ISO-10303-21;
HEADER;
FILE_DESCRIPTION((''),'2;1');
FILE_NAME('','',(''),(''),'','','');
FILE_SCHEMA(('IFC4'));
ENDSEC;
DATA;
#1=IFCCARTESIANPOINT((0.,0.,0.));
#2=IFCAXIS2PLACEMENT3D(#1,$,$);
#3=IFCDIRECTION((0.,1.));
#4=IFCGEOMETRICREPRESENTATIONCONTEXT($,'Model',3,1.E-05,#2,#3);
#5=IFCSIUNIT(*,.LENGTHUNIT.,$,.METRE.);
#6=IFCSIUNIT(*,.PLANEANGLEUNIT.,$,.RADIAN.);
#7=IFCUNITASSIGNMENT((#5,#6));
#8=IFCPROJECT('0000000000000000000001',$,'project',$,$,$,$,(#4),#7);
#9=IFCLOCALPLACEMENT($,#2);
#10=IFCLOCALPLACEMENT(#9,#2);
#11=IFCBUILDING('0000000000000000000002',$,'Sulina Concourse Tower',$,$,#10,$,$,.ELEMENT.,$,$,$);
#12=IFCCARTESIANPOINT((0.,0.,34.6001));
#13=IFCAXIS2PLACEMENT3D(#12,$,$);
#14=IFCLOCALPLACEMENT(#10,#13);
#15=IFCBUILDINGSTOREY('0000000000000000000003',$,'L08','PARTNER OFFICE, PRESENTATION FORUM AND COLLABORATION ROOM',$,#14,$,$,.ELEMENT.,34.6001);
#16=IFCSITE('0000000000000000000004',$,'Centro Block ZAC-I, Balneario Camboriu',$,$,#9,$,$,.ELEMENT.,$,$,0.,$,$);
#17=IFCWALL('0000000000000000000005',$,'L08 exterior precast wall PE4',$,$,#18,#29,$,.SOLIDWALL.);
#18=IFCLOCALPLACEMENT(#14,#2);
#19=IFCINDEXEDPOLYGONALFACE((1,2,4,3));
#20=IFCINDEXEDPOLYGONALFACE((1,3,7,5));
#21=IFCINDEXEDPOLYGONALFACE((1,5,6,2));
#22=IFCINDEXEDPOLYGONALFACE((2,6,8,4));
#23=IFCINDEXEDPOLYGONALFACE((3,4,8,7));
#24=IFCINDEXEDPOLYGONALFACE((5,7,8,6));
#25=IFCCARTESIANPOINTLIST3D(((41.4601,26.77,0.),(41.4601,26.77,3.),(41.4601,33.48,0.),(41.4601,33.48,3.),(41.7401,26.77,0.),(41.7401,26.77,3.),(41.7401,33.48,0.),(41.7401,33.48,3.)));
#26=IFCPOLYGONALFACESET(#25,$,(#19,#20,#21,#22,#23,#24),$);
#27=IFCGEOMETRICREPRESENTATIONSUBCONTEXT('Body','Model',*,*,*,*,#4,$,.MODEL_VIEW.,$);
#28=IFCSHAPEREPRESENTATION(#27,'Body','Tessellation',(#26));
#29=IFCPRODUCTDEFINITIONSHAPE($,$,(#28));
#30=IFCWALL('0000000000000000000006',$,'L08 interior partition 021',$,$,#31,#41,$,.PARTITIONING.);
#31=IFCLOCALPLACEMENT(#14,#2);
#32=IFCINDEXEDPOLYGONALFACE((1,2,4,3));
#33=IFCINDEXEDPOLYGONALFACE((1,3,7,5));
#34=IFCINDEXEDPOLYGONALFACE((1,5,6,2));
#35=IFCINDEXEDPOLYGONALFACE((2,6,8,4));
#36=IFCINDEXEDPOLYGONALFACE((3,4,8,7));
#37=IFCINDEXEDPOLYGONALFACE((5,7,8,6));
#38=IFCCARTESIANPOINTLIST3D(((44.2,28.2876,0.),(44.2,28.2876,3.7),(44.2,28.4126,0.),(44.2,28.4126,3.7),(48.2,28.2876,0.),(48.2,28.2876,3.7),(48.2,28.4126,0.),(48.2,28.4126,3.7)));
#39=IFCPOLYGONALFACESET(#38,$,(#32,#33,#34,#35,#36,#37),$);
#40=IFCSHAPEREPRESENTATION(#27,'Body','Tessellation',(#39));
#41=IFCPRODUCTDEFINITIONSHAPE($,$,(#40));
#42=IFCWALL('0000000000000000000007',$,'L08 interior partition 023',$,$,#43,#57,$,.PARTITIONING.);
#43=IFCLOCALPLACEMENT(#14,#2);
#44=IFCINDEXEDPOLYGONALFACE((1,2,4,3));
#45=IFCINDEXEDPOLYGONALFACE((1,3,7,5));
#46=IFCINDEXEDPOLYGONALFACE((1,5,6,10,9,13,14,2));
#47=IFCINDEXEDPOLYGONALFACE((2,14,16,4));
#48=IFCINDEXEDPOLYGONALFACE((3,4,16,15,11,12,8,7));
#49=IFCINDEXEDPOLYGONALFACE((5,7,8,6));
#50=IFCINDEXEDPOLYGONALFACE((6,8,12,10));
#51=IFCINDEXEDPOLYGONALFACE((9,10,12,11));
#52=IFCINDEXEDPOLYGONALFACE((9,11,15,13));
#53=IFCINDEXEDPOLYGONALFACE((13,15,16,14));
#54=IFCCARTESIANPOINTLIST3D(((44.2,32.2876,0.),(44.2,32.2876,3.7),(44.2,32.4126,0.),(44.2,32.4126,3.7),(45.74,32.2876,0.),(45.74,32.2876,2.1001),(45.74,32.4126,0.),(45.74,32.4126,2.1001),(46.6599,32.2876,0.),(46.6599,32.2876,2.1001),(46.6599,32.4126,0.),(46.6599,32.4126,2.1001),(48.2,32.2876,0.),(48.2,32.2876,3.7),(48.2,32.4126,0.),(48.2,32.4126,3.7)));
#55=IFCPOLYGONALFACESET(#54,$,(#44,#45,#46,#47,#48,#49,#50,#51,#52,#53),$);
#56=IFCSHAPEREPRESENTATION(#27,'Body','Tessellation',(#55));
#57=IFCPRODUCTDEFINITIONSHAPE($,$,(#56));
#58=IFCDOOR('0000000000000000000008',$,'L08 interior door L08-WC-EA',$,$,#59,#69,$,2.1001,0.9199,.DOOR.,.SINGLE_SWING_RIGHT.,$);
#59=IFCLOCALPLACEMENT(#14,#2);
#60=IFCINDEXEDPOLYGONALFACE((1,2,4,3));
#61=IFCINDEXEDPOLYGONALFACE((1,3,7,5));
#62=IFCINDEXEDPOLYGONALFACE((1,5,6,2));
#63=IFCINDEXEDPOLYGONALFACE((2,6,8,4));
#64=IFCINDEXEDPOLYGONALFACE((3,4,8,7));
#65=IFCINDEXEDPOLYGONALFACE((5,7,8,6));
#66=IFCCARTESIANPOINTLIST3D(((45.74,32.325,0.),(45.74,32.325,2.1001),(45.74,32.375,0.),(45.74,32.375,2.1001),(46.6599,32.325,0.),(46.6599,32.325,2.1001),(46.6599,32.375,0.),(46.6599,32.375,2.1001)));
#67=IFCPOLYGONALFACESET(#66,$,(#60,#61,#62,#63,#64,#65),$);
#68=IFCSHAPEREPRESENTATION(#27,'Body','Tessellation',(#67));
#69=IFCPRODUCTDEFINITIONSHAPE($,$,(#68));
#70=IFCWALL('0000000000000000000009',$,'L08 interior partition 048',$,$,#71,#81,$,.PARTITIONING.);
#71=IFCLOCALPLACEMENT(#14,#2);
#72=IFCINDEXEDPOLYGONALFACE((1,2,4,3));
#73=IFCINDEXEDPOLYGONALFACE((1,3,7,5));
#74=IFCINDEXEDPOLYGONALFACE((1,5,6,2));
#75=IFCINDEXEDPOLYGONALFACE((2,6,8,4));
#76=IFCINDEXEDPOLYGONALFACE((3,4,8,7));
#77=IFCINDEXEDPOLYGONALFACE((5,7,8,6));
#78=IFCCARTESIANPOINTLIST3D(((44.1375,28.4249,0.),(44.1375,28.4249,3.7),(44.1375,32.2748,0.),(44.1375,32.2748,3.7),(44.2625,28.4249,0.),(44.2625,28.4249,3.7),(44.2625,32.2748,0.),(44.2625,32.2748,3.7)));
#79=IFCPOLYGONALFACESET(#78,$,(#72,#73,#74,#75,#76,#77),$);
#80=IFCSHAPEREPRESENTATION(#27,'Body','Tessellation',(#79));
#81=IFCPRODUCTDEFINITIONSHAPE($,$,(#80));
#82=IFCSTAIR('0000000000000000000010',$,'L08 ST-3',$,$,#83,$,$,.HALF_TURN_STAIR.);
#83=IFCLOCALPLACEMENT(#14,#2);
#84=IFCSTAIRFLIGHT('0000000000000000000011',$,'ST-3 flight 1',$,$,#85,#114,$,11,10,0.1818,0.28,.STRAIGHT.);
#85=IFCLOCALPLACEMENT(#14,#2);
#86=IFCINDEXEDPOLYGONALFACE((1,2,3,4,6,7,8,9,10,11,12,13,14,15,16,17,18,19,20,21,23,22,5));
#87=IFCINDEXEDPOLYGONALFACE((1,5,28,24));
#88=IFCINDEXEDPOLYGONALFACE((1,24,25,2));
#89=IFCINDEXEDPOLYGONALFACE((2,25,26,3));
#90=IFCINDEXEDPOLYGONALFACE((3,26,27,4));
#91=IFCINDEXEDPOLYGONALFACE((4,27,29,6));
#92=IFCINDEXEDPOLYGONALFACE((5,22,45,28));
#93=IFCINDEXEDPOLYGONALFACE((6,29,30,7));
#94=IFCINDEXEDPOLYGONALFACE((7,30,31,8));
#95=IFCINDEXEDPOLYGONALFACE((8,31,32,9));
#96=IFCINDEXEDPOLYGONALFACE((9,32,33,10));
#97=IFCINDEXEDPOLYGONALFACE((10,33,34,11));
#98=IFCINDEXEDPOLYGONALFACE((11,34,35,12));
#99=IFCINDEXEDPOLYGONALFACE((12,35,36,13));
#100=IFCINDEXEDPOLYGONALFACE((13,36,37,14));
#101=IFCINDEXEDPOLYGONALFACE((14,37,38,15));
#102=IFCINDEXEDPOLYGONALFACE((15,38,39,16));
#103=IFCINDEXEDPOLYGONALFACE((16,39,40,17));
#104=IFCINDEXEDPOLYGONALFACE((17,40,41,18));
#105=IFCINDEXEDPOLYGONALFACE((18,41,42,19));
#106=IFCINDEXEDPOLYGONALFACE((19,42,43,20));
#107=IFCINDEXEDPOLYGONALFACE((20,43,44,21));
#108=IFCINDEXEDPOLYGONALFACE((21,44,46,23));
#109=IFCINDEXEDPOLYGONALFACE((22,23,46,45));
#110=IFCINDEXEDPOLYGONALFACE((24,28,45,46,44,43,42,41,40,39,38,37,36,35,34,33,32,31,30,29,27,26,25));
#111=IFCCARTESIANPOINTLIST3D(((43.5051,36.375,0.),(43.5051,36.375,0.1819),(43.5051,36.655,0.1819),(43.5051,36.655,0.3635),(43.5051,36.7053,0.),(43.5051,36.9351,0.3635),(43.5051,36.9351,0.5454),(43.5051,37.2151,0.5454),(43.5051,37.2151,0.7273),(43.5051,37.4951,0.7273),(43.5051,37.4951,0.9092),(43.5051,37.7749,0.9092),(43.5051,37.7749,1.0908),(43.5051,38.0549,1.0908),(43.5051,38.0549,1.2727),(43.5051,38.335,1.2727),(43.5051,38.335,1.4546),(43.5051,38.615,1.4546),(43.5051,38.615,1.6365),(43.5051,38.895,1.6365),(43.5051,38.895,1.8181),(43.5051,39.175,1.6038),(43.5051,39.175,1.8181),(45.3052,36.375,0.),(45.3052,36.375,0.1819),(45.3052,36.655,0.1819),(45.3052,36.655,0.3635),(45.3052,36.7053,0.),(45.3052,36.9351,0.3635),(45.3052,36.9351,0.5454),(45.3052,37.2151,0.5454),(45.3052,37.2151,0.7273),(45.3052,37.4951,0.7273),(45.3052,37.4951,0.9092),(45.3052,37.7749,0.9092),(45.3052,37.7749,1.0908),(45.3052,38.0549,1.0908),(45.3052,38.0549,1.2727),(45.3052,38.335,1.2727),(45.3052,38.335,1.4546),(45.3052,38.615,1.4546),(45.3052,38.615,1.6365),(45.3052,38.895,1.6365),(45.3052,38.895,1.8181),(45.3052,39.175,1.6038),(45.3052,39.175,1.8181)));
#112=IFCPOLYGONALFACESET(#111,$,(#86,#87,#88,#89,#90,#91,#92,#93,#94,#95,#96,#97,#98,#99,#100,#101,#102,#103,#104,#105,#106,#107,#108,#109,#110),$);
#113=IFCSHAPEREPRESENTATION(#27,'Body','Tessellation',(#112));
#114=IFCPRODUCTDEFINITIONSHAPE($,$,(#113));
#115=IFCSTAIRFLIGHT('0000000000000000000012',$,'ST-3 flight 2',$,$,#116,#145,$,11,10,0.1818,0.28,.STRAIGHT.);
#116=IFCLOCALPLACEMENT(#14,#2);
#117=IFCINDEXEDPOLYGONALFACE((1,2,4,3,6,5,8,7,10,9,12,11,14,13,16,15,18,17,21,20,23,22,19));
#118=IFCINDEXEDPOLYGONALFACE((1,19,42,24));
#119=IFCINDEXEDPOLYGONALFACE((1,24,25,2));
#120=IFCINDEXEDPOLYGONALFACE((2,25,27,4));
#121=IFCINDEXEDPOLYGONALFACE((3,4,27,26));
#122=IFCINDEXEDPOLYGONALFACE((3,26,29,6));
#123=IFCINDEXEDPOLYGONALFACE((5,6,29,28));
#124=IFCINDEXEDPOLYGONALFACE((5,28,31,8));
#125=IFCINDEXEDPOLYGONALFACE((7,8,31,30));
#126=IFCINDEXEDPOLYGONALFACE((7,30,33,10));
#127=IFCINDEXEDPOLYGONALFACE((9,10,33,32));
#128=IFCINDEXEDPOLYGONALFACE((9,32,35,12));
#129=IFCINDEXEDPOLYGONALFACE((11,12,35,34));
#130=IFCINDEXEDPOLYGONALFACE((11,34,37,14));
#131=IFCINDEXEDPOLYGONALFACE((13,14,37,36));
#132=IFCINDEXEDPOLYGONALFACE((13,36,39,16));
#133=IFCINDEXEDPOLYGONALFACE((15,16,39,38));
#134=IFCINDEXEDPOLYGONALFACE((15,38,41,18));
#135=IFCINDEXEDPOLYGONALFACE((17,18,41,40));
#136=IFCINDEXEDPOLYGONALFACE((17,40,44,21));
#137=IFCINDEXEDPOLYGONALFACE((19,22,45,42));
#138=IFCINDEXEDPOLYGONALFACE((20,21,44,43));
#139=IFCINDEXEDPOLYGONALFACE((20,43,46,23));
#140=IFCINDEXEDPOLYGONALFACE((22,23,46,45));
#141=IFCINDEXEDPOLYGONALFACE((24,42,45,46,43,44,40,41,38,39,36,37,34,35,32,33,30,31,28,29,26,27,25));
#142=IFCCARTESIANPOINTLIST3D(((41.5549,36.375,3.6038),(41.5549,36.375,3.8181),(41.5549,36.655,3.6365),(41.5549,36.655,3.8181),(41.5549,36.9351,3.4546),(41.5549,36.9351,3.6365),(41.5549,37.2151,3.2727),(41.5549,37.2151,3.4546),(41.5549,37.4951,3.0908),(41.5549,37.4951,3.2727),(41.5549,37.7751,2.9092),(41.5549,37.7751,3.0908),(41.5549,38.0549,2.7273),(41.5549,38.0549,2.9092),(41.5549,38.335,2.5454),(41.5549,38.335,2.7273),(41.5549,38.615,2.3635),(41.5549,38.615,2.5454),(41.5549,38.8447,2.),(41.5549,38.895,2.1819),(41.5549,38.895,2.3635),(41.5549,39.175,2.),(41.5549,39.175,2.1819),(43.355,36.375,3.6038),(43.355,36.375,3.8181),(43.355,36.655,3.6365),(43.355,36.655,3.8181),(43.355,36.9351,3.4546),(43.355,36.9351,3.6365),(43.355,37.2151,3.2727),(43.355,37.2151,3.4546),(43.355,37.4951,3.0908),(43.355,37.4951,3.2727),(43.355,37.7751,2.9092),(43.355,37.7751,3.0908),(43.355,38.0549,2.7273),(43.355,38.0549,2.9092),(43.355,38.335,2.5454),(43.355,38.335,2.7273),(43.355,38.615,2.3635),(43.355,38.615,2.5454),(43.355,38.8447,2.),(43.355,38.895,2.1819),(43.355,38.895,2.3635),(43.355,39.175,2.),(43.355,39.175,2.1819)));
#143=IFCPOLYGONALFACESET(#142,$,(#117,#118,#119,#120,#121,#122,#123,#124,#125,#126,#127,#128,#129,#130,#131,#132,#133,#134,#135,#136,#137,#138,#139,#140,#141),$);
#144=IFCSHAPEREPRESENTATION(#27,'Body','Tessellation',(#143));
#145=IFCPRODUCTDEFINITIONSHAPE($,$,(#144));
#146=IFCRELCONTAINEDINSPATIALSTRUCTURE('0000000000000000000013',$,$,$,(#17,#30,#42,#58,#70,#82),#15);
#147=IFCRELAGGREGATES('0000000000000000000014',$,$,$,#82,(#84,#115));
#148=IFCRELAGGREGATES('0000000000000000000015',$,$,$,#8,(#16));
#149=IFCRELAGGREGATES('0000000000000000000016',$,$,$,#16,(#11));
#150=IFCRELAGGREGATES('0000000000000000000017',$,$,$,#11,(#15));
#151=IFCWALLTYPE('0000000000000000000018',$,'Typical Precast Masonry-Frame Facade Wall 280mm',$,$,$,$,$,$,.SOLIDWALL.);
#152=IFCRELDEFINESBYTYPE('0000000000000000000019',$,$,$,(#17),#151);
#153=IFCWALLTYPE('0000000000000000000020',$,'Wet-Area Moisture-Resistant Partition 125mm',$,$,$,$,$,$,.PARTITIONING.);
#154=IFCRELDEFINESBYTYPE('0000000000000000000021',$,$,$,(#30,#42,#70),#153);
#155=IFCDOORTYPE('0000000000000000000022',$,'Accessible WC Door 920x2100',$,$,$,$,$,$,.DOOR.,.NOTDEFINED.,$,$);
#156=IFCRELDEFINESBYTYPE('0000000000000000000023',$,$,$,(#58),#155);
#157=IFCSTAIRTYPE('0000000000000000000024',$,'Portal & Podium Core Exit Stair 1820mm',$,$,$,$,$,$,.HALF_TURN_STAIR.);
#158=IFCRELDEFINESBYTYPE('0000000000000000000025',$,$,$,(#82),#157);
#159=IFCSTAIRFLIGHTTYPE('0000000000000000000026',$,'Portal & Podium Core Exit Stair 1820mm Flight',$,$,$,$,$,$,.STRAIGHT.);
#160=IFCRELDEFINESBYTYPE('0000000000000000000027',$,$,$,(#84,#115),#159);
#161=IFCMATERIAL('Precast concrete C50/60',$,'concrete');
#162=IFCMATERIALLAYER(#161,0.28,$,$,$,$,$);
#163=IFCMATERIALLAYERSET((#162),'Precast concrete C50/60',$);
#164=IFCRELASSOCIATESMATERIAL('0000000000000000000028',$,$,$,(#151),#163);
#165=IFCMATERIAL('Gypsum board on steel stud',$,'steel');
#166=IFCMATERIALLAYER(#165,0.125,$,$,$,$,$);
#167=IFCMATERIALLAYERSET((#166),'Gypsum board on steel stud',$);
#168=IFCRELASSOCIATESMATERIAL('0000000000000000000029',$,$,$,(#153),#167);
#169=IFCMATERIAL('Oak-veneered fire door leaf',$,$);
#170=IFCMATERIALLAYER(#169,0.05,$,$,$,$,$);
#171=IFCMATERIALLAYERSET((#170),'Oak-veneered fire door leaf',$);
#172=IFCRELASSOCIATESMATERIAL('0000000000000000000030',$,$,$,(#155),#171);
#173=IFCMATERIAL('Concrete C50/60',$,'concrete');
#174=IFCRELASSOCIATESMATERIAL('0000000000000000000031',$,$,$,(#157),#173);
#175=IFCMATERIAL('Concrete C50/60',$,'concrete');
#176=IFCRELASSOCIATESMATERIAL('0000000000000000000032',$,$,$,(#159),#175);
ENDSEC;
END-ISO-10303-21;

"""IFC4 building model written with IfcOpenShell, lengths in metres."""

from ifc_helpers import new_model, si_unit, direction, frame, frame_2d, origin, place, context, subcontext, project, spatial, polyline, rectangle, outline, extrude, material, layer, layer_set, type_object, element, fill, aggregate, save


model = new_model("IFC4")

# Units and contexts
model_context = context("Model", 3, precision=1e-05, world=origin(), true_north=direction((0.0, 1.0)))
body_context = subcontext(model_context, "Body", "Model", "MODEL_VIEW")
ifc_project = project(units=[si_unit("LENGTHUNIT", "METRE"), si_unit("PLANEANGLEUNIT", "RADIAN")], contexts=[model_context])

# Site, building, storey
site_placement = place(None, origin())
site = spatial("IfcSite", under=ifc_project, at=site_placement, Name="Centro Block ZAC-I, Balneario Camboriu", CompositionType="ELEMENT", RefElevation=0.0)
building_placement = place(site_placement, origin())
building = spatial("IfcBuilding", under=site, at=building_placement, Name="Sulina Concourse Tower", CompositionType="ELEMENT")
storey_placement = place(building_placement, frame((0.0, 0.0, 34.6001)))
storey = spatial("IfcBuildingStorey", under=building, at=storey_placement, Name="L08", Description="PARTNER OFFICE, PRESENTATION FORUM AND COLLABORATION ROOM", CompositionType="ELEMENT", Elevation=34.6001)

# Walls
ifc_material_1 = material(Name="Precast concrete C50/60", Category="concrete")
ifc_layer_1 = layer(ifc_material_1, 0.28)
ifc_layer_set_1 = layer_set([ifc_layer_1], Name="Precast concrete C50/60")
wall_type_1 = type_object("IfcWallType", Name="Typical Precast Masonry-Frame Facade Wall 280mm", PredefinedType="SOLIDWALL", material=ifc_layer_set_1)
for number, where, z_axis, x_axis, name in (
    (1, (41.6001, 26.77, 0.0), (0.0, 0.0, 1.0), (0.0, 1.0, 0.0), "L08 exterior precast wall PE4"),
):
    element("IfcWall", number, at=place(storey_placement, frame(where, z_axis=z_axis, x_axis=x_axis)), inside=storey, type_object=wall_type_1, Name=name, PredefinedType="SOLIDWALL", context=body_context, shape_type="SweptSolid", body=[
        extrude(rectangle(XDim=6.71, YDim=0.28, at=frame_2d((3.355, 0.0))), origin(), (0.0, 0.0, 1.0), 3.0),
    ])
ifc_material_2 = material(Name="Gypsum board on steel stud", Category="steel")
ifc_layer_2 = layer(ifc_material_2, 0.125)
ifc_layer_set_2 = layer_set([ifc_layer_2], Name="Gypsum board on steel stud")
wall_type_2 = type_object("IfcWallType", Name="Wet-Area Moisture-Resistant Partition 125mm", PredefinedType="PARTITIONING", material=ifc_layer_set_2)
wall_1_placement = place(storey_placement, frame((44.2, 28.3501, 0.0), z_axis=(0.0, 0.0, 1.0), x_axis=(1.0, 0.0, 0.0)))
element("IfcWall", 2, at=wall_1_placement, inside=storey, type_object=wall_type_2, Name="L08 interior partition 021", PredefinedType="PARTITIONING", context=body_context, shape_type="SweptSolid", body=[
    extrude(rectangle(XDim=4.0, YDim=0.125, at=frame_2d((2.0, 0.0))), origin(), (0.0, 0.0, 1.0), 3.7),
])

# Wall, opening, door
wall_2_placement = place(storey_placement, frame((44.2, 32.3501, 0.0), z_axis=(0.0, 0.0, 1.0), x_axis=(1.0, 0.0, 0.0)))
wall_2 = element("IfcWall", 3, at=wall_2_placement, inside=storey, type_object=wall_type_2, Name="L08 interior partition 023", PredefinedType="PARTITIONING", context=body_context, shape_type="SweptSolid", body=[
    extrude(rectangle(XDim=4.0, YDim=0.125, at=frame_2d((2.0, 0.0))), origin(), (0.0, 0.0, 1.0), 3.7),
])
opening_1_placement = place(wall_2_placement, frame((1.54, 0.0, 0.0)))
opening_1 = element("IfcOpeningElement", 4, at=opening_1_placement, cuts=wall_2, PredefinedType="OPENING", context=body_context, shape_type="SweptSolid", body=[
    extrude(rectangle(XDim=0.9199, YDim=2.1001, at=frame_2d((0.46, 1.05))), frame((0.0, 0.0725, 0.0), z_axis=(0.0, -1.0, 0.0), x_axis=(1.0, 0.0, 0.0)), (0.0, 0.0, 1.0), 0.145),
])
ifc_material_3 = material(Name="Oak-veneered fire door leaf")
ifc_layer_3 = layer(ifc_material_3, 0.05)
ifc_layer_set_3 = layer_set([ifc_layer_3], Name="Oak-veneered fire door leaf")
door_type_1 = type_object("IfcDoorType", Name="Accessible WC Door 920x2100", OperationType="NOTDEFINED", PredefinedType="DOOR", material=ifc_layer_set_3)
door_1_placement = place(opening_1_placement, origin())
door_1 = element("IfcDoor", 5, at=door_1_placement, inside=storey, type_object=door_type_1, Name="L08 interior door L08-WC-EA", OperationType="SINGLE_SWING_RIGHT", OverallHeight=2.1001, OverallWidth=0.9199, PredefinedType="DOOR", context=body_context, shape_type="SweptSolid", body=[
    extrude(rectangle(XDim=0.9199, YDim=2.1001, at=frame_2d((0.46, 1.05))), frame((0.0, 0.0249, 0.0), z_axis=(0.0, -1.0, 0.0), x_axis=(1.0, 0.0, 0.0)), (0.0, 0.0, 1.0), 0.05),
])
fill(opening_1, door_1)

# Wall
wall_3_placement = place(storey_placement, frame((44.2, 28.425, 0.0), z_axis=(0.0, 0.0, 1.0), x_axis=(0.0, 1.0, 0.0)))
element("IfcWall", 6, at=wall_3_placement, inside=storey, type_object=wall_type_2, Name="L08 interior partition 048", PredefinedType="PARTITIONING", context=body_context, shape_type="SweptSolid", body=[
    extrude(rectangle(XDim=3.8499, YDim=0.125, at=frame_2d((1.9248, 0.0))), origin(), (0.0, 0.0, 1.0), 3.7),
])

# Stair, stair flights
ifc_material_4 = material(Name="Concrete C50/60", Category="concrete")
stair_type = type_object("IfcStairType", Name="Portal & Podium Core Exit Stair 1820mm", PredefinedType="HALF_TURN_STAIR", material=ifc_material_4)
stair_placement = place(storey_placement, origin())
stair = element("IfcStair", 7, at=stair_placement, inside=storey, type_object=stair_type, Name="L08 ST-3", PredefinedType="HALF_TURN_STAIR")
ifc_material_5 = material(Name="Concrete C50/60", Category="concrete")
stair_flight_type = type_object("IfcStairFlightType", Name="Portal & Podium Core Exit Stair 1820mm Flight", PredefinedType="STRAIGHT", material=ifc_material_5)
stair_flight_1_placement = place(storey_placement, frame((44.405, 36.375, 0.0), z_axis=(0.0, 0.0, 1.0), x_axis=(0.0, 1.0, 0.0)))
stair_flight_1 = element("IfcStairFlight", 8, at=stair_flight_1_placement, type_object=stair_flight_type, Name="ST-3 flight 1", NumberOfRisers=11, NumberOfTreads=10, PredefinedType="STRAIGHT", RiserHeight=0.1818, TreadLength=0.28, context=body_context, shape_type="SweptSolid", body=[
    extrude(outline(polyline([(0.0, 0.0), (0.0, 0.1819), (0.28, 0.1819), (0.28, 0.3635), (0.5601, 0.3635), (0.5601, 0.5454), (0.8401, 0.5454), (0.8401, 0.7273), (1.1201, 0.7273), (1.1201, 0.9092), (1.3999, 0.9092), (1.3999, 1.0908), (1.6799, 1.0908), (1.6799, 1.2727), (1.96, 1.2727), (1.96, 1.4546), (2.24, 1.4546), (2.24, 1.6365), (2.52, 1.6365), (2.52, 1.8181), (2.8, 1.8181), (2.8, 2.0), (2.8, 1.6038), (0.3303, 0.0), (0.0, 0.0)])), frame((0.0, 0.8999, 0.0), z_axis=(0.0, -1.0, 0.0), x_axis=(1.0, 0.0, 0.0)), (0.0, 0.0, 1.0), 1.8),
])
stair_flight_2_placement = place(storey_placement, frame((42.4551, 39.175, 2.0), z_axis=(0.0, 0.0, 1.0), x_axis=(0.0, -1.0, 0.0)))
stair_flight_2 = element("IfcStairFlight", 9, at=stair_flight_2_placement, type_object=stair_flight_type, Name="ST-3 flight 2", NumberOfRisers=11, NumberOfTreads=10, PredefinedType="STRAIGHT", RiserHeight=0.1818, TreadLength=0.28, context=body_context, shape_type="SweptSolid", body=[
    extrude(outline(polyline([(0.0, 0.0), (0.0, 0.1819), (0.28, 0.1819), (0.28, 0.3635), (0.5601, 0.3635), (0.5601, 0.5454), (0.8401, 0.5454), (0.8401, 0.7273), (1.1201, 0.7273), (1.1201, 0.9092), (1.3999, 0.9092), (1.3999, 1.0908), (1.6799, 1.0908), (1.6799, 1.2727), (1.96, 1.2727), (1.96, 1.4546), (2.24, 1.4546), (2.24, 1.6365), (2.52, 1.6365), (2.52, 1.8181), (2.8, 1.8181), (2.8, 2.0), (2.8, 1.6038), (0.3303, 0.0), (0.0, 0.0)])), frame((0.0, 0.8999, 0.0), z_axis=(0.0, -1.0, 0.0), x_axis=(1.0, 0.0, 0.0)), (0.0, 0.0, 1.0), 1.8),
])
aggregate(stair, [stair_flight_1, stair_flight_2])

save(model, "model.ifc")
